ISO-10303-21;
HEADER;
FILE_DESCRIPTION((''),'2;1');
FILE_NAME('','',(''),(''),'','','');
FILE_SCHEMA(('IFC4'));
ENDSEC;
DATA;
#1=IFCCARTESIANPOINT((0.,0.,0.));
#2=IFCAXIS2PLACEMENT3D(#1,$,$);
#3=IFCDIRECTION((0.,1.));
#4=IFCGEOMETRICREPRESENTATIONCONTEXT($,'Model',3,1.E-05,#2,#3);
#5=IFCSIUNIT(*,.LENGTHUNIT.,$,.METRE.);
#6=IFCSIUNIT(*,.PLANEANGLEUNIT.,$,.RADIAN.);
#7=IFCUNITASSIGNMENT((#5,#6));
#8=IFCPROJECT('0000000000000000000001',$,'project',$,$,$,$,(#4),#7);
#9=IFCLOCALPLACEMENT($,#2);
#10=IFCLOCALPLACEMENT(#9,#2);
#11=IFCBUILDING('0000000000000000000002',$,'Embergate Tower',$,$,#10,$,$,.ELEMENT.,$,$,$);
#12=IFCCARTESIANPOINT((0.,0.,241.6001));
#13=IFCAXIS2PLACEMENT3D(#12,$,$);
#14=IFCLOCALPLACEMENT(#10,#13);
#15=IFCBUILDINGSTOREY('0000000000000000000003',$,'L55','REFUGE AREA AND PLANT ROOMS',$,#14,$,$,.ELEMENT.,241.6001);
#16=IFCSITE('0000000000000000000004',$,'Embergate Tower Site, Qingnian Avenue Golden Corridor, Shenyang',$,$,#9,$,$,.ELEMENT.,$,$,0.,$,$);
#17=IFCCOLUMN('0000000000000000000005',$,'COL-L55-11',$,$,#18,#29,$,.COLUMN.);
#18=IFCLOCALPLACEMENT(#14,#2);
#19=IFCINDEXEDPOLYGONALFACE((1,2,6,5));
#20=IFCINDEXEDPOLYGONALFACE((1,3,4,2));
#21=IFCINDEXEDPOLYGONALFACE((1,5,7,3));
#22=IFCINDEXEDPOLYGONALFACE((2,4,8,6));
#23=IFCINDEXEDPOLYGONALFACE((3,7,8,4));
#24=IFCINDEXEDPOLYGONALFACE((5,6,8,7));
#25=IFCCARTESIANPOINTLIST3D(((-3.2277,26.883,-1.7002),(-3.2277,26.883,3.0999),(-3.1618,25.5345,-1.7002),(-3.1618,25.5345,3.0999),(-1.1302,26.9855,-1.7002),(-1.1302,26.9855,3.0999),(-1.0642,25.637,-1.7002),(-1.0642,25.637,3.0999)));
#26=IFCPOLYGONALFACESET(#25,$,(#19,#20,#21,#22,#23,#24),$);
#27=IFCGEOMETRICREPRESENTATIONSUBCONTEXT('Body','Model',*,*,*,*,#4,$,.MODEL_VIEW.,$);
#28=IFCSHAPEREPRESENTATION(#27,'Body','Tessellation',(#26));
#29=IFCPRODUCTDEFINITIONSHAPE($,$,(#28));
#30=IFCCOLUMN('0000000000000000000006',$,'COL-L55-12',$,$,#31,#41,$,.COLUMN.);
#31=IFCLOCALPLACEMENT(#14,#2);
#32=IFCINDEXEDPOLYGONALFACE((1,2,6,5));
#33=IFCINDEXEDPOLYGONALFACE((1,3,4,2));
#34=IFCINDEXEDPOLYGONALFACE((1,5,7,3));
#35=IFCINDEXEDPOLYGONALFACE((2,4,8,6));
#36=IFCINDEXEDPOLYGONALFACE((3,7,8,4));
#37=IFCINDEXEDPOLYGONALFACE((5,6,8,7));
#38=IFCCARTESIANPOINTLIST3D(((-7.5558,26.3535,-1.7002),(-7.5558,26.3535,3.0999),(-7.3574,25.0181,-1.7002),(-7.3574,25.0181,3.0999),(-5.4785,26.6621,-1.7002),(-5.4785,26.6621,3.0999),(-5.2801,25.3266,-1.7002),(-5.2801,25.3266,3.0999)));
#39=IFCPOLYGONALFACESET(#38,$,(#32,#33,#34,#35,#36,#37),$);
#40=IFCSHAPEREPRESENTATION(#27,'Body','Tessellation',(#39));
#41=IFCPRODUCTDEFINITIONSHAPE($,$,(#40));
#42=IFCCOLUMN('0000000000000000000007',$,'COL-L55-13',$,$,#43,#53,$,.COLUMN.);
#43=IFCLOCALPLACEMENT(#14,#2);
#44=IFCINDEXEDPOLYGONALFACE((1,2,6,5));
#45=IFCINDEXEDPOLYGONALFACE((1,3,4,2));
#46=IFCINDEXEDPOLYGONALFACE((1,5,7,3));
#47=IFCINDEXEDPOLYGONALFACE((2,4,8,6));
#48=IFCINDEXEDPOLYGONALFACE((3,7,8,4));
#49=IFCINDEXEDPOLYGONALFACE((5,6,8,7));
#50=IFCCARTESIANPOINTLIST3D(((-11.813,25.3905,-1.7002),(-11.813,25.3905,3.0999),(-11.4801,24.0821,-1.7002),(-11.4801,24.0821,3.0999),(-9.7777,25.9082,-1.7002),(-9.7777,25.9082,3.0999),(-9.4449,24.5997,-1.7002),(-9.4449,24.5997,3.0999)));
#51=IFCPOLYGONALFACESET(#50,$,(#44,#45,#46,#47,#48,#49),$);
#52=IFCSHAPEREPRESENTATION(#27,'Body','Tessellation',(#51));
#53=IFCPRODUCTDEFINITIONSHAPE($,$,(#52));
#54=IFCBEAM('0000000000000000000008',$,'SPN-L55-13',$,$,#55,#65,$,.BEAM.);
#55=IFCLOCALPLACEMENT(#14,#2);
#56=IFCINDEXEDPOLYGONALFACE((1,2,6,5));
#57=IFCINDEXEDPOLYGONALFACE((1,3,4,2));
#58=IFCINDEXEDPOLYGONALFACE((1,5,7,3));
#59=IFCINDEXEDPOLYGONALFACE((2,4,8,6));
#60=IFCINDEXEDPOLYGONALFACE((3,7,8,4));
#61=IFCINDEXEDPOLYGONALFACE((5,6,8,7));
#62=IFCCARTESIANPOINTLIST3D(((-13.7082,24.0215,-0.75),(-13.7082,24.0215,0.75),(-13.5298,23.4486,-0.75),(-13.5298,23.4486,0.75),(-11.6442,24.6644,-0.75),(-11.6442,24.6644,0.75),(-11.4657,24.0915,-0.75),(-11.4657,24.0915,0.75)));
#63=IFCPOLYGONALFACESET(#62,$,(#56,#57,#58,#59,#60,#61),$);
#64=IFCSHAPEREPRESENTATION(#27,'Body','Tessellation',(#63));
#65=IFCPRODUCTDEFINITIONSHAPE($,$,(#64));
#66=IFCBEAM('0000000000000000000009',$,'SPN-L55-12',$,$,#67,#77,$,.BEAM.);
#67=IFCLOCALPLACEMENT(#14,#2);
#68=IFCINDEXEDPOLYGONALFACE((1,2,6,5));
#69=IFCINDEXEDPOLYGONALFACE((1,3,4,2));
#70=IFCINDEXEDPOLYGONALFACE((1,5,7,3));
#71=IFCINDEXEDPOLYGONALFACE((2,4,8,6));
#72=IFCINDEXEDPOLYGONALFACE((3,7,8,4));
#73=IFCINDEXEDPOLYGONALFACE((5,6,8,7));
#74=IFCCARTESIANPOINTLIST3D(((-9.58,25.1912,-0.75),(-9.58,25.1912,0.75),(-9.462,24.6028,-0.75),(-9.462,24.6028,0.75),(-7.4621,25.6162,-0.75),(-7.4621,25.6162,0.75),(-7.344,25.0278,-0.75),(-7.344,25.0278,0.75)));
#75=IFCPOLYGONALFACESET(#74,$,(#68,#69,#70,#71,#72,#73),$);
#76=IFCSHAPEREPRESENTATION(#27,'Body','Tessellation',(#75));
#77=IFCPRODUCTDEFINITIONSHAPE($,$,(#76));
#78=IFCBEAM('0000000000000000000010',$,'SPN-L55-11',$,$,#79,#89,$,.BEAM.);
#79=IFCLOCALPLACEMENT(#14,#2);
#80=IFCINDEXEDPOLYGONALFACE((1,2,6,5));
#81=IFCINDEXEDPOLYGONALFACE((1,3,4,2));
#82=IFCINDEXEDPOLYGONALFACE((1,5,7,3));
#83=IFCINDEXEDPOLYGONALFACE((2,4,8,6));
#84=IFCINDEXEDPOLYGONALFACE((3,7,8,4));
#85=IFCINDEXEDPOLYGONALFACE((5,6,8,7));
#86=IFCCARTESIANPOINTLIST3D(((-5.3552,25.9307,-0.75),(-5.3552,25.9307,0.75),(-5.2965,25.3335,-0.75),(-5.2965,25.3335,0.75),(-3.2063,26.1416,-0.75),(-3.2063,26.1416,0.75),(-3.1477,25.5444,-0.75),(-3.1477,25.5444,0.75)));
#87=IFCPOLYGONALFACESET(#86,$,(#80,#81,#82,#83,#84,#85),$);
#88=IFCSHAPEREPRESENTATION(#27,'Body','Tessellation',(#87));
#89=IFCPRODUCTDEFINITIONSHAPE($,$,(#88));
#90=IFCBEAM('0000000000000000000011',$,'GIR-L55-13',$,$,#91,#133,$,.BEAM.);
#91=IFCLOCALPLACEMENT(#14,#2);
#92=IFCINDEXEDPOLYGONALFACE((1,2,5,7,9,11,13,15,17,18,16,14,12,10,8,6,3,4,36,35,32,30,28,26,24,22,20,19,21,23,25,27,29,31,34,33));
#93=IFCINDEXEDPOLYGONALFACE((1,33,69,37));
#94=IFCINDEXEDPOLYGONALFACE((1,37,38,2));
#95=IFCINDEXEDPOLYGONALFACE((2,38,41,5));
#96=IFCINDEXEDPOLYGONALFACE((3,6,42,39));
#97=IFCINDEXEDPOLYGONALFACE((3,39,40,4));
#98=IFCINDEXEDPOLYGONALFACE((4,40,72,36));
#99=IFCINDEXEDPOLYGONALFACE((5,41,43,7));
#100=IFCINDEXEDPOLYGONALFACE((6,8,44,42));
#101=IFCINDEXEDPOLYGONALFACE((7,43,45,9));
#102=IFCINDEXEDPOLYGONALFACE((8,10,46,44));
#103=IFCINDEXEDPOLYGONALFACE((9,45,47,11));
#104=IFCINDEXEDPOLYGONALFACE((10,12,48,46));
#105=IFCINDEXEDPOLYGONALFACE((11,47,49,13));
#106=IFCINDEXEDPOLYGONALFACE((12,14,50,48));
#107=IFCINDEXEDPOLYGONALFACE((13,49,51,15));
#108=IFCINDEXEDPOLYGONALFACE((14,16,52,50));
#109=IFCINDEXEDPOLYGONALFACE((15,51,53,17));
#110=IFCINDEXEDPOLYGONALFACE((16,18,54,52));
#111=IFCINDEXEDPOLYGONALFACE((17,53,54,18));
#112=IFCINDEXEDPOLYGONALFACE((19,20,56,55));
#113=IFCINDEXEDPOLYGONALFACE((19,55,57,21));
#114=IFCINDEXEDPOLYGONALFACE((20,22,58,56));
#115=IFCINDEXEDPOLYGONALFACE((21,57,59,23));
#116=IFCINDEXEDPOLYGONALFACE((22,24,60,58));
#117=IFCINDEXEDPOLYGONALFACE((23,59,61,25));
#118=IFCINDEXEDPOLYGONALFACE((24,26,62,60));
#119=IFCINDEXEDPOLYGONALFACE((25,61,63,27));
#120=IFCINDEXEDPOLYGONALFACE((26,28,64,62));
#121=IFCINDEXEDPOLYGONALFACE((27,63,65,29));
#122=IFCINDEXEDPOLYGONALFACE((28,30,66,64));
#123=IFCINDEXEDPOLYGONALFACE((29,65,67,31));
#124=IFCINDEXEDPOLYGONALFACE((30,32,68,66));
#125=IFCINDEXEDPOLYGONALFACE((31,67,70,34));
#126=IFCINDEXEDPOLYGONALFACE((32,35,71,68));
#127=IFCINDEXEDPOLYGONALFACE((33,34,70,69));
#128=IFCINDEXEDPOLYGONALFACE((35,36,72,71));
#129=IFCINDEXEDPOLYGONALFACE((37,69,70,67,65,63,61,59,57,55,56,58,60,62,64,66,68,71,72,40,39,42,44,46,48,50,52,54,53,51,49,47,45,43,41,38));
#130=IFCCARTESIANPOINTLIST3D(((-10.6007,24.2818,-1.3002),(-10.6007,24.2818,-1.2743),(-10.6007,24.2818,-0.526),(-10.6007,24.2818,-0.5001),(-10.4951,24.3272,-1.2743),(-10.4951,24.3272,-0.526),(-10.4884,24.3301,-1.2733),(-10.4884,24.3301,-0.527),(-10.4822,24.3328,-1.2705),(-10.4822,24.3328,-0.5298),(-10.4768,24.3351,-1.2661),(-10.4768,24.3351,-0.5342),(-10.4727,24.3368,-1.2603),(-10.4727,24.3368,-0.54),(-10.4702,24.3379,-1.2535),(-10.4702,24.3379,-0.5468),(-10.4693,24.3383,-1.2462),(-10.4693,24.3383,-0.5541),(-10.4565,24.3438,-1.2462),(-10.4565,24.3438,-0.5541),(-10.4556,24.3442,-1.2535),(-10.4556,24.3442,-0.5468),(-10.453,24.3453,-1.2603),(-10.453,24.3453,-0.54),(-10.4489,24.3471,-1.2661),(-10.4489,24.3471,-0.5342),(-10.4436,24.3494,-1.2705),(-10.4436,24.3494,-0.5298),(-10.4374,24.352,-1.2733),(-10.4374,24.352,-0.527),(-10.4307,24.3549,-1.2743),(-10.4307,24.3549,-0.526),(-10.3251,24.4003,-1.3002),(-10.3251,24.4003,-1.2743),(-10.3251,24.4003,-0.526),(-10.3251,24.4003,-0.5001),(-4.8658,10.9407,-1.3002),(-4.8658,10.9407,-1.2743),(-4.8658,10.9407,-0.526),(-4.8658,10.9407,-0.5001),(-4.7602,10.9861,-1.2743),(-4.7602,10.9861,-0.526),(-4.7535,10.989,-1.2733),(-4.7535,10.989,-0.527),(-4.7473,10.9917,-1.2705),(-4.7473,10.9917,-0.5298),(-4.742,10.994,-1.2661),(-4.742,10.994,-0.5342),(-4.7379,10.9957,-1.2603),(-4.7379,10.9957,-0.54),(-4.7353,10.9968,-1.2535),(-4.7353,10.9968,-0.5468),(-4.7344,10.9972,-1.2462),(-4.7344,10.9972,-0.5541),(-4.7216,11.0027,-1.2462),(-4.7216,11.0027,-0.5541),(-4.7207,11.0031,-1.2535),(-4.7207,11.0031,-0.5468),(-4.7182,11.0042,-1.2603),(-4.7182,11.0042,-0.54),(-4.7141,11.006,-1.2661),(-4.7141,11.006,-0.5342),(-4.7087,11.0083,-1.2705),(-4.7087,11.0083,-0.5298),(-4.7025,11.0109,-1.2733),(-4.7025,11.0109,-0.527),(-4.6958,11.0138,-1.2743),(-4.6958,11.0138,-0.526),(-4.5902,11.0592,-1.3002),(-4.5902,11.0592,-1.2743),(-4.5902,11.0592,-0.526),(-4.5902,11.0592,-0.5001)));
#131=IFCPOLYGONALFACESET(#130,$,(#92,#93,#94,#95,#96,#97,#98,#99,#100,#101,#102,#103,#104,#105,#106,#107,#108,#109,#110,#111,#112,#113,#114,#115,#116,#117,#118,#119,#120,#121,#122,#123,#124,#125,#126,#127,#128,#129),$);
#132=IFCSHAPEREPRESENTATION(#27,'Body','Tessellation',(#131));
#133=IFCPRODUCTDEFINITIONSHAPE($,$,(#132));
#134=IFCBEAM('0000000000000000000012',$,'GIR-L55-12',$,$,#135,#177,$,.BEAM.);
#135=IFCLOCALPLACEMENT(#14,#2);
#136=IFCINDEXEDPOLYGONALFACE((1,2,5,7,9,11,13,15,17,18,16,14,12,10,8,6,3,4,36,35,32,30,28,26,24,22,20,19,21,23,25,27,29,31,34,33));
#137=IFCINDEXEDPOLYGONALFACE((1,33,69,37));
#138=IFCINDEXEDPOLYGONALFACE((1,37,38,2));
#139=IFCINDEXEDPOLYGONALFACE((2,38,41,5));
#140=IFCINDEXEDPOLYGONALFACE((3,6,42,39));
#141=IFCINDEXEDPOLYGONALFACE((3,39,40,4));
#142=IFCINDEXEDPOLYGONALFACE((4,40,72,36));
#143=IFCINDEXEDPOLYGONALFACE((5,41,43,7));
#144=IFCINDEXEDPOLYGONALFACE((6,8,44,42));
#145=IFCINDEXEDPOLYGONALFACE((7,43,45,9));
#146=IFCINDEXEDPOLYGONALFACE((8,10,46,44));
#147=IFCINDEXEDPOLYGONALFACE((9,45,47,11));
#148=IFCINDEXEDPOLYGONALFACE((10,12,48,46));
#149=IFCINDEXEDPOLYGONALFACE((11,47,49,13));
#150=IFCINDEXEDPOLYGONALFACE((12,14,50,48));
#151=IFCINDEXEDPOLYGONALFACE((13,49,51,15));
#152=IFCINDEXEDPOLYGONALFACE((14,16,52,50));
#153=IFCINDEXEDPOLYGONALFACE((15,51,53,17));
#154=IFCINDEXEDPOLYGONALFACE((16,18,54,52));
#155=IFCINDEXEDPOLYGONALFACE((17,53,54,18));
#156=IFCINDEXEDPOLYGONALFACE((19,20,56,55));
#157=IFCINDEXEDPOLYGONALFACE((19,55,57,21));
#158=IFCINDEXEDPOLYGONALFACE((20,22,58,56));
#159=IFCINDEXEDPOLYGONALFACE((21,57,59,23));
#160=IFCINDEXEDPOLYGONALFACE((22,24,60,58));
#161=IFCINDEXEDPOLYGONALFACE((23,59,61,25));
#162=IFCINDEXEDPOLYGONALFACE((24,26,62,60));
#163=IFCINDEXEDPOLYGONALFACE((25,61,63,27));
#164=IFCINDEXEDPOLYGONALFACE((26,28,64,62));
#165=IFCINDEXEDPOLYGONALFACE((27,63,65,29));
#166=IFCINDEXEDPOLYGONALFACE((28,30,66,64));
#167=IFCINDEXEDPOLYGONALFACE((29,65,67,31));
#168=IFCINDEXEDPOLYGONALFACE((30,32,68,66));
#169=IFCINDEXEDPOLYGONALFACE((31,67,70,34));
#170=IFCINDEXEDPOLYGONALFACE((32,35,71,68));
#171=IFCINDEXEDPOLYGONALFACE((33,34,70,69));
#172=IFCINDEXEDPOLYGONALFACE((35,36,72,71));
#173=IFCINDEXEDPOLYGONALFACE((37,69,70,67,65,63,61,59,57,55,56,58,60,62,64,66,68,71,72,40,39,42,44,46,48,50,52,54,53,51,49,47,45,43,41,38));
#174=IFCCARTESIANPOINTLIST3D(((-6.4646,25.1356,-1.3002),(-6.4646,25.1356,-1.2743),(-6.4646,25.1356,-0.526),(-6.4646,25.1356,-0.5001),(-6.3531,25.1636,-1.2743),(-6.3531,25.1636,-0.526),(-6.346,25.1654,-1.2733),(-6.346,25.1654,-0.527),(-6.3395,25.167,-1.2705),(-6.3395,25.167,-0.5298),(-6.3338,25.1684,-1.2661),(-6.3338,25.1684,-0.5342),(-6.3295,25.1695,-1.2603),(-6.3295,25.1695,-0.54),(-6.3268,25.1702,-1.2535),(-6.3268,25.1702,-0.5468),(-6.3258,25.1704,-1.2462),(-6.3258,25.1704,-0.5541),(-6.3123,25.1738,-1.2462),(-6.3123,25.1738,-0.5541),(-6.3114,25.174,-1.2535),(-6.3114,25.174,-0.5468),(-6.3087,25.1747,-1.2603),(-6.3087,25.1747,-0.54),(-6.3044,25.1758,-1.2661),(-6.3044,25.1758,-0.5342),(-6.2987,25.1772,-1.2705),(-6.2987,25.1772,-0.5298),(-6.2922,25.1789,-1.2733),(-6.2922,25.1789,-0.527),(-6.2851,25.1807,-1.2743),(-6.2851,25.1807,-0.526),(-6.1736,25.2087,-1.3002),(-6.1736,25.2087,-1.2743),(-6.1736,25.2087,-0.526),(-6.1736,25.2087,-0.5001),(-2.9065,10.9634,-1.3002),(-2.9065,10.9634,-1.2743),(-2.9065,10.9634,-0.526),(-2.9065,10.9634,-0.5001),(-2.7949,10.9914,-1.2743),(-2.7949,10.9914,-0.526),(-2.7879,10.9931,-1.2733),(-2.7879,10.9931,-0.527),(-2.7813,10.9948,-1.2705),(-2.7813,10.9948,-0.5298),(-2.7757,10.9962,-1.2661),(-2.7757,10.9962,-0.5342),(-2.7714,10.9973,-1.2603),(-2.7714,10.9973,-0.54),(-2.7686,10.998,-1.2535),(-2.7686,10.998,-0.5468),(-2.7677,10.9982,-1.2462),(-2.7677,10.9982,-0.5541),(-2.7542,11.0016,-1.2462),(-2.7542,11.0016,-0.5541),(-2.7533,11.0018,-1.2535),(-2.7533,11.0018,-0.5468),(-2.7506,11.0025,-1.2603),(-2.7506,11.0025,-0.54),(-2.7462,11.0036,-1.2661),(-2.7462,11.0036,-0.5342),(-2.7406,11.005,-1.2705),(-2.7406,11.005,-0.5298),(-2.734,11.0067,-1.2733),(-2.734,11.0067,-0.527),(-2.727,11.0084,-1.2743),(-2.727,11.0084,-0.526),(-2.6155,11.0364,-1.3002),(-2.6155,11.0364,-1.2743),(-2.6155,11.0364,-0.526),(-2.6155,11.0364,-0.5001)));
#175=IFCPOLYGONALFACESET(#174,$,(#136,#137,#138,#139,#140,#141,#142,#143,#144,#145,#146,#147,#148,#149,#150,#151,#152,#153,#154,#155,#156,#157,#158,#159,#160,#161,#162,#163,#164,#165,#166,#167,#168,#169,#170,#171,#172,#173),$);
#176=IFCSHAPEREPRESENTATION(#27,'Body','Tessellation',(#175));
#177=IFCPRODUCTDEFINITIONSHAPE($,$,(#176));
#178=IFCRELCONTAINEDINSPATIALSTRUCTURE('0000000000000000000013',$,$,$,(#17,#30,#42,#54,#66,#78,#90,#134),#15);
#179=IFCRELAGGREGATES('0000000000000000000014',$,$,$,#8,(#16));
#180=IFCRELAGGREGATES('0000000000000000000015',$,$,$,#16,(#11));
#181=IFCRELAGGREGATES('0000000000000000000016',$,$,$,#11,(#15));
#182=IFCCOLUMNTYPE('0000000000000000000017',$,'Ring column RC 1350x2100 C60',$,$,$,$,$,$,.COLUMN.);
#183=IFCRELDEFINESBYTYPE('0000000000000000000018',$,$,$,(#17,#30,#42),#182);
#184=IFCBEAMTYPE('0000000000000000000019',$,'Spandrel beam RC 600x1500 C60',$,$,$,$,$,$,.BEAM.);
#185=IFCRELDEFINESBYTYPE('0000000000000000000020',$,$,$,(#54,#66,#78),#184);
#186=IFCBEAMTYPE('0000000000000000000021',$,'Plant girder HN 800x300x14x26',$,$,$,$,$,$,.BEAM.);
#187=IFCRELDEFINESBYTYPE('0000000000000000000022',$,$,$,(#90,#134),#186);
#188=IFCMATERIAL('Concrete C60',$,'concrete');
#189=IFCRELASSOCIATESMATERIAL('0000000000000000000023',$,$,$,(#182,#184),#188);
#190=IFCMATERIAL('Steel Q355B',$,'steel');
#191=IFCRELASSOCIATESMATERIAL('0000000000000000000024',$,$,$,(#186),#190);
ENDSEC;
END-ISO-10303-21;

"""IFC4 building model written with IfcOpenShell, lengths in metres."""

from ifc_helpers import new_model, si_unit, direction, frame, origin, origin_2d, place, context, subcontext, project, spatial, rectangle, i_section, extrude, source, transform, mapped, material, material_profile, profile_set, type_object, element, save


model = new_model("IFC4")

# Units and contexts
model_context = context("Model", 3, precision=1e-05, world=origin(), true_north=direction((0.0, 1.0)))
body_context = subcontext(model_context, "Body", "Model", "MODEL_VIEW")
ifc_project = project(units=[si_unit("LENGTHUNIT", "METRE"), si_unit("PLANEANGLEUNIT", "RADIAN")], contexts=[model_context])

# Site, building, storey
site_placement = place(None, origin())
site = spatial("IfcSite", under=ifc_project, at=site_placement, Name="Embergate Tower Site, Qingnian Avenue Golden Corridor, Shenyang", CompositionType="ELEMENT", RefElevation=0.0)
building_placement = place(site_placement, origin())
building = spatial("IfcBuilding", under=site, at=building_placement, Name="Embergate Tower", CompositionType="ELEMENT")
storey_placement = place(building_placement, frame((0.0, 0.0, 241.6001)))
storey = spatial("IfcBuildingStorey", under=building, at=storey_placement, Name="L55", Description="REFUGE AREA AND PLANT ROOMS", CompositionType="ELEMENT", Elevation=241.6001)

# Columns
ifc_material_1 = material(Name="Concrete C60", Category="concrete")
ifc_material_profile_1 = material_profile(ifc_material_1, rectangle(XDim=1.3501, YDim=2.1001, at=origin_2d()), Name="RC 1350x2100")
ifc_profile_set_1 = profile_set([ifc_material_profile_1], Name="Concrete C60")
column_type = type_object("IfcColumnType", Name="Ring column RC 1350x2100 C60", PredefinedType="COLUMN", material=ifc_profile_set_1)
shared_shape_1 = source(origin(), body_context, "Body", "SweptSolid", [
    extrude(rectangle(XDim=1.3501, YDim=2.1001, at=origin_2d()), origin(), (0.0, 0.0, 1.0), 4.8),
])
for number, where, z_axis, x_axis, name in (
    (1, (-2.146, 26.26, -1.7002), (0.0, 0.0, 1.0), (-0.048815, 0.998808, 0.0), "COL-L55-11"),
    (2, (-6.418, 25.8401, -1.7002), (0.0, 0.0, 1.0), (-0.146929, 0.989147, 0.0), "COL-L55-12"),
    (3, (-10.6289, 24.9951, -1.7002), (0.0, 0.0, 1.0), (-0.246509, 0.969141, 0.0), "COL-L55-13"),
):
    element("IfcColumn", number, at=place(storey_placement, frame(where, z_axis=z_axis, x_axis=x_axis)), inside=storey, type_object=column_type, Name=name, PredefinedType="COLUMN", context=body_context, shape_type="MappedRepresentation", body=[
        mapped(shared_shape_1, transform((0.0, 0.0, 0.0))),
    ])

# Beams
ifc_material_profile_2 = material_profile(ifc_material_1, rectangle(XDim=0.6001, YDim=1.5, at=origin_2d()), Name="RC 600x1500")
ifc_profile_set_2 = profile_set([ifc_material_profile_2], Name="Concrete C60")
beam_type_1 = type_object("IfcBeamType", Name="Spandrel beam RC 600x1500 C60", PredefinedType="BEAM", material=ifc_profile_set_2)
shared_shape_2 = source(origin(), body_context, "Body", "SweptSolid", [
    extrude(rectangle(XDim=0.6001, YDim=1.5, at=origin_2d()), origin(), (0.0, 0.0, 1.0), 2.1619),
])
beam_1_placement = place(storey_placement, frame((-11.5549, 24.3779, 0.0), z_axis=(-0.954765, -0.297362, 0.0), x_axis=(0.297362, -0.954765, 0.0)))
element("IfcBeam", 4, at=beam_1_placement, inside=storey, type_object=beam_type_1, Name="SPN-L55-13", PredefinedType="BEAM", context=body_context, shape_type="MappedRepresentation", body=[
    mapped(shared_shape_2, transform((0.0, 0.0, 0.0))),
])
shared_shape_3 = source(origin(), body_context, "Body", "SweptSolid", [
    extrude(rectangle(XDim=0.6001, YDim=1.5, at=origin_2d()), origin(), (0.0, 0.0, 1.0), 2.1602),
])
beam_2_placement = place(storey_placement, frame((-7.4031, 25.322, 0.0), z_axis=(-0.98045, -0.196768, 0.0), x_axis=(0.196768, -0.98045, 0.0)))
element("IfcBeam", 5, at=beam_2_placement, inside=storey, type_object=beam_type_1, Name="SPN-L55-12", PredefinedType="BEAM", context=body_context, shape_type="MappedRepresentation", body=[
    mapped(shared_shape_3, transform((0.0, 0.0, 0.0))),
])
shared_shape_4 = source(origin(), body_context, "Body", "SweptSolid", [
    extrude(rectangle(XDim=0.6001, YDim=1.5, at=origin_2d()), origin(), (0.0, 0.0, 1.0), 2.1592),
])
beam_3_placement = place(storey_placement, frame((-3.177, 25.843, 0.0), z_axis=(-0.995217, -0.09769, 0.0), x_axis=(0.09769, -0.995217, 0.0)))
element("IfcBeam", 6, at=beam_3_placement, inside=storey, type_object=beam_type_1, Name="SPN-L55-11", PredefinedType="BEAM", context=body_context, shape_type="MappedRepresentation", body=[
    mapped(shared_shape_4, transform((0.0, 0.0, 0.0))),
])
ifc_material_2 = material(Name="Steel Q355B", Category="steel")
ifc_material_profile_3 = material_profile(ifc_material_2, i_section(OverallWidth=0.3, OverallDepth=0.8, WebThickness=0.0139, FlangeThickness=0.0259, FilletRadius=0.0281, at=origin_2d()), Name="HN 800x300x14x26")
ifc_profile_set_3 = profile_set([ifc_material_profile_3], Name="Steel Q355 grade B")
beam_type_2 = type_object("IfcBeamType", Name="Plant girder HN 800x300x14x26", PredefinedType="BEAM", material=ifc_profile_set_3)
shared_shape_5 = source(origin(), body_context, "Body", "SweptSolid", [
    extrude(i_section(OverallWidth=0.3, OverallDepth=0.8, WebThickness=0.0139, FlangeThickness=0.0259, FilletRadius=0.0281, at=origin_2d()), origin(), (0.0, 0.0, 1.0), 14.5215),
])
beam_4_placement = place(storey_placement, frame((-10.4629, 24.3411, -0.9001), z_axis=(0.394923, -0.918714, 0.0), x_axis=(0.918714, 0.394923, 0.0)))
element("IfcBeam", 7, at=beam_4_placement, inside=storey, type_object=beam_type_2, Name="GIR-L55-13", PredefinedType="BEAM", context=body_context, shape_type="MappedRepresentation", body=[
    mapped(shared_shape_5, transform((0.0, 0.0, 0.0))),
])
shared_shape_6 = source(origin(), body_context, "Body", "SweptSolid", [
    extrude(i_section(OverallWidth=0.3, OverallDepth=0.8, WebThickness=0.0139, FlangeThickness=0.0259, FilletRadius=0.0281, at=origin_2d()), origin(), (0.0, 0.0, 1.0), 14.6121),
])
beam_5_placement = place(storey_placement, frame((-6.3191, 25.1721, -0.9001), z_axis=(0.243507, -0.969899, 0.0), x_axis=(0.969899, 0.243507, 0.0)))
element("IfcBeam", 8, at=beam_5_placement, inside=storey, type_object=beam_type_2, Name="GIR-L55-12", PredefinedType="BEAM", context=body_context, shape_type="MappedRepresentation", body=[
    mapped(shared_shape_6, transform((0.0, 0.0, 0.0))),
])

save(model, "model.ifc")
